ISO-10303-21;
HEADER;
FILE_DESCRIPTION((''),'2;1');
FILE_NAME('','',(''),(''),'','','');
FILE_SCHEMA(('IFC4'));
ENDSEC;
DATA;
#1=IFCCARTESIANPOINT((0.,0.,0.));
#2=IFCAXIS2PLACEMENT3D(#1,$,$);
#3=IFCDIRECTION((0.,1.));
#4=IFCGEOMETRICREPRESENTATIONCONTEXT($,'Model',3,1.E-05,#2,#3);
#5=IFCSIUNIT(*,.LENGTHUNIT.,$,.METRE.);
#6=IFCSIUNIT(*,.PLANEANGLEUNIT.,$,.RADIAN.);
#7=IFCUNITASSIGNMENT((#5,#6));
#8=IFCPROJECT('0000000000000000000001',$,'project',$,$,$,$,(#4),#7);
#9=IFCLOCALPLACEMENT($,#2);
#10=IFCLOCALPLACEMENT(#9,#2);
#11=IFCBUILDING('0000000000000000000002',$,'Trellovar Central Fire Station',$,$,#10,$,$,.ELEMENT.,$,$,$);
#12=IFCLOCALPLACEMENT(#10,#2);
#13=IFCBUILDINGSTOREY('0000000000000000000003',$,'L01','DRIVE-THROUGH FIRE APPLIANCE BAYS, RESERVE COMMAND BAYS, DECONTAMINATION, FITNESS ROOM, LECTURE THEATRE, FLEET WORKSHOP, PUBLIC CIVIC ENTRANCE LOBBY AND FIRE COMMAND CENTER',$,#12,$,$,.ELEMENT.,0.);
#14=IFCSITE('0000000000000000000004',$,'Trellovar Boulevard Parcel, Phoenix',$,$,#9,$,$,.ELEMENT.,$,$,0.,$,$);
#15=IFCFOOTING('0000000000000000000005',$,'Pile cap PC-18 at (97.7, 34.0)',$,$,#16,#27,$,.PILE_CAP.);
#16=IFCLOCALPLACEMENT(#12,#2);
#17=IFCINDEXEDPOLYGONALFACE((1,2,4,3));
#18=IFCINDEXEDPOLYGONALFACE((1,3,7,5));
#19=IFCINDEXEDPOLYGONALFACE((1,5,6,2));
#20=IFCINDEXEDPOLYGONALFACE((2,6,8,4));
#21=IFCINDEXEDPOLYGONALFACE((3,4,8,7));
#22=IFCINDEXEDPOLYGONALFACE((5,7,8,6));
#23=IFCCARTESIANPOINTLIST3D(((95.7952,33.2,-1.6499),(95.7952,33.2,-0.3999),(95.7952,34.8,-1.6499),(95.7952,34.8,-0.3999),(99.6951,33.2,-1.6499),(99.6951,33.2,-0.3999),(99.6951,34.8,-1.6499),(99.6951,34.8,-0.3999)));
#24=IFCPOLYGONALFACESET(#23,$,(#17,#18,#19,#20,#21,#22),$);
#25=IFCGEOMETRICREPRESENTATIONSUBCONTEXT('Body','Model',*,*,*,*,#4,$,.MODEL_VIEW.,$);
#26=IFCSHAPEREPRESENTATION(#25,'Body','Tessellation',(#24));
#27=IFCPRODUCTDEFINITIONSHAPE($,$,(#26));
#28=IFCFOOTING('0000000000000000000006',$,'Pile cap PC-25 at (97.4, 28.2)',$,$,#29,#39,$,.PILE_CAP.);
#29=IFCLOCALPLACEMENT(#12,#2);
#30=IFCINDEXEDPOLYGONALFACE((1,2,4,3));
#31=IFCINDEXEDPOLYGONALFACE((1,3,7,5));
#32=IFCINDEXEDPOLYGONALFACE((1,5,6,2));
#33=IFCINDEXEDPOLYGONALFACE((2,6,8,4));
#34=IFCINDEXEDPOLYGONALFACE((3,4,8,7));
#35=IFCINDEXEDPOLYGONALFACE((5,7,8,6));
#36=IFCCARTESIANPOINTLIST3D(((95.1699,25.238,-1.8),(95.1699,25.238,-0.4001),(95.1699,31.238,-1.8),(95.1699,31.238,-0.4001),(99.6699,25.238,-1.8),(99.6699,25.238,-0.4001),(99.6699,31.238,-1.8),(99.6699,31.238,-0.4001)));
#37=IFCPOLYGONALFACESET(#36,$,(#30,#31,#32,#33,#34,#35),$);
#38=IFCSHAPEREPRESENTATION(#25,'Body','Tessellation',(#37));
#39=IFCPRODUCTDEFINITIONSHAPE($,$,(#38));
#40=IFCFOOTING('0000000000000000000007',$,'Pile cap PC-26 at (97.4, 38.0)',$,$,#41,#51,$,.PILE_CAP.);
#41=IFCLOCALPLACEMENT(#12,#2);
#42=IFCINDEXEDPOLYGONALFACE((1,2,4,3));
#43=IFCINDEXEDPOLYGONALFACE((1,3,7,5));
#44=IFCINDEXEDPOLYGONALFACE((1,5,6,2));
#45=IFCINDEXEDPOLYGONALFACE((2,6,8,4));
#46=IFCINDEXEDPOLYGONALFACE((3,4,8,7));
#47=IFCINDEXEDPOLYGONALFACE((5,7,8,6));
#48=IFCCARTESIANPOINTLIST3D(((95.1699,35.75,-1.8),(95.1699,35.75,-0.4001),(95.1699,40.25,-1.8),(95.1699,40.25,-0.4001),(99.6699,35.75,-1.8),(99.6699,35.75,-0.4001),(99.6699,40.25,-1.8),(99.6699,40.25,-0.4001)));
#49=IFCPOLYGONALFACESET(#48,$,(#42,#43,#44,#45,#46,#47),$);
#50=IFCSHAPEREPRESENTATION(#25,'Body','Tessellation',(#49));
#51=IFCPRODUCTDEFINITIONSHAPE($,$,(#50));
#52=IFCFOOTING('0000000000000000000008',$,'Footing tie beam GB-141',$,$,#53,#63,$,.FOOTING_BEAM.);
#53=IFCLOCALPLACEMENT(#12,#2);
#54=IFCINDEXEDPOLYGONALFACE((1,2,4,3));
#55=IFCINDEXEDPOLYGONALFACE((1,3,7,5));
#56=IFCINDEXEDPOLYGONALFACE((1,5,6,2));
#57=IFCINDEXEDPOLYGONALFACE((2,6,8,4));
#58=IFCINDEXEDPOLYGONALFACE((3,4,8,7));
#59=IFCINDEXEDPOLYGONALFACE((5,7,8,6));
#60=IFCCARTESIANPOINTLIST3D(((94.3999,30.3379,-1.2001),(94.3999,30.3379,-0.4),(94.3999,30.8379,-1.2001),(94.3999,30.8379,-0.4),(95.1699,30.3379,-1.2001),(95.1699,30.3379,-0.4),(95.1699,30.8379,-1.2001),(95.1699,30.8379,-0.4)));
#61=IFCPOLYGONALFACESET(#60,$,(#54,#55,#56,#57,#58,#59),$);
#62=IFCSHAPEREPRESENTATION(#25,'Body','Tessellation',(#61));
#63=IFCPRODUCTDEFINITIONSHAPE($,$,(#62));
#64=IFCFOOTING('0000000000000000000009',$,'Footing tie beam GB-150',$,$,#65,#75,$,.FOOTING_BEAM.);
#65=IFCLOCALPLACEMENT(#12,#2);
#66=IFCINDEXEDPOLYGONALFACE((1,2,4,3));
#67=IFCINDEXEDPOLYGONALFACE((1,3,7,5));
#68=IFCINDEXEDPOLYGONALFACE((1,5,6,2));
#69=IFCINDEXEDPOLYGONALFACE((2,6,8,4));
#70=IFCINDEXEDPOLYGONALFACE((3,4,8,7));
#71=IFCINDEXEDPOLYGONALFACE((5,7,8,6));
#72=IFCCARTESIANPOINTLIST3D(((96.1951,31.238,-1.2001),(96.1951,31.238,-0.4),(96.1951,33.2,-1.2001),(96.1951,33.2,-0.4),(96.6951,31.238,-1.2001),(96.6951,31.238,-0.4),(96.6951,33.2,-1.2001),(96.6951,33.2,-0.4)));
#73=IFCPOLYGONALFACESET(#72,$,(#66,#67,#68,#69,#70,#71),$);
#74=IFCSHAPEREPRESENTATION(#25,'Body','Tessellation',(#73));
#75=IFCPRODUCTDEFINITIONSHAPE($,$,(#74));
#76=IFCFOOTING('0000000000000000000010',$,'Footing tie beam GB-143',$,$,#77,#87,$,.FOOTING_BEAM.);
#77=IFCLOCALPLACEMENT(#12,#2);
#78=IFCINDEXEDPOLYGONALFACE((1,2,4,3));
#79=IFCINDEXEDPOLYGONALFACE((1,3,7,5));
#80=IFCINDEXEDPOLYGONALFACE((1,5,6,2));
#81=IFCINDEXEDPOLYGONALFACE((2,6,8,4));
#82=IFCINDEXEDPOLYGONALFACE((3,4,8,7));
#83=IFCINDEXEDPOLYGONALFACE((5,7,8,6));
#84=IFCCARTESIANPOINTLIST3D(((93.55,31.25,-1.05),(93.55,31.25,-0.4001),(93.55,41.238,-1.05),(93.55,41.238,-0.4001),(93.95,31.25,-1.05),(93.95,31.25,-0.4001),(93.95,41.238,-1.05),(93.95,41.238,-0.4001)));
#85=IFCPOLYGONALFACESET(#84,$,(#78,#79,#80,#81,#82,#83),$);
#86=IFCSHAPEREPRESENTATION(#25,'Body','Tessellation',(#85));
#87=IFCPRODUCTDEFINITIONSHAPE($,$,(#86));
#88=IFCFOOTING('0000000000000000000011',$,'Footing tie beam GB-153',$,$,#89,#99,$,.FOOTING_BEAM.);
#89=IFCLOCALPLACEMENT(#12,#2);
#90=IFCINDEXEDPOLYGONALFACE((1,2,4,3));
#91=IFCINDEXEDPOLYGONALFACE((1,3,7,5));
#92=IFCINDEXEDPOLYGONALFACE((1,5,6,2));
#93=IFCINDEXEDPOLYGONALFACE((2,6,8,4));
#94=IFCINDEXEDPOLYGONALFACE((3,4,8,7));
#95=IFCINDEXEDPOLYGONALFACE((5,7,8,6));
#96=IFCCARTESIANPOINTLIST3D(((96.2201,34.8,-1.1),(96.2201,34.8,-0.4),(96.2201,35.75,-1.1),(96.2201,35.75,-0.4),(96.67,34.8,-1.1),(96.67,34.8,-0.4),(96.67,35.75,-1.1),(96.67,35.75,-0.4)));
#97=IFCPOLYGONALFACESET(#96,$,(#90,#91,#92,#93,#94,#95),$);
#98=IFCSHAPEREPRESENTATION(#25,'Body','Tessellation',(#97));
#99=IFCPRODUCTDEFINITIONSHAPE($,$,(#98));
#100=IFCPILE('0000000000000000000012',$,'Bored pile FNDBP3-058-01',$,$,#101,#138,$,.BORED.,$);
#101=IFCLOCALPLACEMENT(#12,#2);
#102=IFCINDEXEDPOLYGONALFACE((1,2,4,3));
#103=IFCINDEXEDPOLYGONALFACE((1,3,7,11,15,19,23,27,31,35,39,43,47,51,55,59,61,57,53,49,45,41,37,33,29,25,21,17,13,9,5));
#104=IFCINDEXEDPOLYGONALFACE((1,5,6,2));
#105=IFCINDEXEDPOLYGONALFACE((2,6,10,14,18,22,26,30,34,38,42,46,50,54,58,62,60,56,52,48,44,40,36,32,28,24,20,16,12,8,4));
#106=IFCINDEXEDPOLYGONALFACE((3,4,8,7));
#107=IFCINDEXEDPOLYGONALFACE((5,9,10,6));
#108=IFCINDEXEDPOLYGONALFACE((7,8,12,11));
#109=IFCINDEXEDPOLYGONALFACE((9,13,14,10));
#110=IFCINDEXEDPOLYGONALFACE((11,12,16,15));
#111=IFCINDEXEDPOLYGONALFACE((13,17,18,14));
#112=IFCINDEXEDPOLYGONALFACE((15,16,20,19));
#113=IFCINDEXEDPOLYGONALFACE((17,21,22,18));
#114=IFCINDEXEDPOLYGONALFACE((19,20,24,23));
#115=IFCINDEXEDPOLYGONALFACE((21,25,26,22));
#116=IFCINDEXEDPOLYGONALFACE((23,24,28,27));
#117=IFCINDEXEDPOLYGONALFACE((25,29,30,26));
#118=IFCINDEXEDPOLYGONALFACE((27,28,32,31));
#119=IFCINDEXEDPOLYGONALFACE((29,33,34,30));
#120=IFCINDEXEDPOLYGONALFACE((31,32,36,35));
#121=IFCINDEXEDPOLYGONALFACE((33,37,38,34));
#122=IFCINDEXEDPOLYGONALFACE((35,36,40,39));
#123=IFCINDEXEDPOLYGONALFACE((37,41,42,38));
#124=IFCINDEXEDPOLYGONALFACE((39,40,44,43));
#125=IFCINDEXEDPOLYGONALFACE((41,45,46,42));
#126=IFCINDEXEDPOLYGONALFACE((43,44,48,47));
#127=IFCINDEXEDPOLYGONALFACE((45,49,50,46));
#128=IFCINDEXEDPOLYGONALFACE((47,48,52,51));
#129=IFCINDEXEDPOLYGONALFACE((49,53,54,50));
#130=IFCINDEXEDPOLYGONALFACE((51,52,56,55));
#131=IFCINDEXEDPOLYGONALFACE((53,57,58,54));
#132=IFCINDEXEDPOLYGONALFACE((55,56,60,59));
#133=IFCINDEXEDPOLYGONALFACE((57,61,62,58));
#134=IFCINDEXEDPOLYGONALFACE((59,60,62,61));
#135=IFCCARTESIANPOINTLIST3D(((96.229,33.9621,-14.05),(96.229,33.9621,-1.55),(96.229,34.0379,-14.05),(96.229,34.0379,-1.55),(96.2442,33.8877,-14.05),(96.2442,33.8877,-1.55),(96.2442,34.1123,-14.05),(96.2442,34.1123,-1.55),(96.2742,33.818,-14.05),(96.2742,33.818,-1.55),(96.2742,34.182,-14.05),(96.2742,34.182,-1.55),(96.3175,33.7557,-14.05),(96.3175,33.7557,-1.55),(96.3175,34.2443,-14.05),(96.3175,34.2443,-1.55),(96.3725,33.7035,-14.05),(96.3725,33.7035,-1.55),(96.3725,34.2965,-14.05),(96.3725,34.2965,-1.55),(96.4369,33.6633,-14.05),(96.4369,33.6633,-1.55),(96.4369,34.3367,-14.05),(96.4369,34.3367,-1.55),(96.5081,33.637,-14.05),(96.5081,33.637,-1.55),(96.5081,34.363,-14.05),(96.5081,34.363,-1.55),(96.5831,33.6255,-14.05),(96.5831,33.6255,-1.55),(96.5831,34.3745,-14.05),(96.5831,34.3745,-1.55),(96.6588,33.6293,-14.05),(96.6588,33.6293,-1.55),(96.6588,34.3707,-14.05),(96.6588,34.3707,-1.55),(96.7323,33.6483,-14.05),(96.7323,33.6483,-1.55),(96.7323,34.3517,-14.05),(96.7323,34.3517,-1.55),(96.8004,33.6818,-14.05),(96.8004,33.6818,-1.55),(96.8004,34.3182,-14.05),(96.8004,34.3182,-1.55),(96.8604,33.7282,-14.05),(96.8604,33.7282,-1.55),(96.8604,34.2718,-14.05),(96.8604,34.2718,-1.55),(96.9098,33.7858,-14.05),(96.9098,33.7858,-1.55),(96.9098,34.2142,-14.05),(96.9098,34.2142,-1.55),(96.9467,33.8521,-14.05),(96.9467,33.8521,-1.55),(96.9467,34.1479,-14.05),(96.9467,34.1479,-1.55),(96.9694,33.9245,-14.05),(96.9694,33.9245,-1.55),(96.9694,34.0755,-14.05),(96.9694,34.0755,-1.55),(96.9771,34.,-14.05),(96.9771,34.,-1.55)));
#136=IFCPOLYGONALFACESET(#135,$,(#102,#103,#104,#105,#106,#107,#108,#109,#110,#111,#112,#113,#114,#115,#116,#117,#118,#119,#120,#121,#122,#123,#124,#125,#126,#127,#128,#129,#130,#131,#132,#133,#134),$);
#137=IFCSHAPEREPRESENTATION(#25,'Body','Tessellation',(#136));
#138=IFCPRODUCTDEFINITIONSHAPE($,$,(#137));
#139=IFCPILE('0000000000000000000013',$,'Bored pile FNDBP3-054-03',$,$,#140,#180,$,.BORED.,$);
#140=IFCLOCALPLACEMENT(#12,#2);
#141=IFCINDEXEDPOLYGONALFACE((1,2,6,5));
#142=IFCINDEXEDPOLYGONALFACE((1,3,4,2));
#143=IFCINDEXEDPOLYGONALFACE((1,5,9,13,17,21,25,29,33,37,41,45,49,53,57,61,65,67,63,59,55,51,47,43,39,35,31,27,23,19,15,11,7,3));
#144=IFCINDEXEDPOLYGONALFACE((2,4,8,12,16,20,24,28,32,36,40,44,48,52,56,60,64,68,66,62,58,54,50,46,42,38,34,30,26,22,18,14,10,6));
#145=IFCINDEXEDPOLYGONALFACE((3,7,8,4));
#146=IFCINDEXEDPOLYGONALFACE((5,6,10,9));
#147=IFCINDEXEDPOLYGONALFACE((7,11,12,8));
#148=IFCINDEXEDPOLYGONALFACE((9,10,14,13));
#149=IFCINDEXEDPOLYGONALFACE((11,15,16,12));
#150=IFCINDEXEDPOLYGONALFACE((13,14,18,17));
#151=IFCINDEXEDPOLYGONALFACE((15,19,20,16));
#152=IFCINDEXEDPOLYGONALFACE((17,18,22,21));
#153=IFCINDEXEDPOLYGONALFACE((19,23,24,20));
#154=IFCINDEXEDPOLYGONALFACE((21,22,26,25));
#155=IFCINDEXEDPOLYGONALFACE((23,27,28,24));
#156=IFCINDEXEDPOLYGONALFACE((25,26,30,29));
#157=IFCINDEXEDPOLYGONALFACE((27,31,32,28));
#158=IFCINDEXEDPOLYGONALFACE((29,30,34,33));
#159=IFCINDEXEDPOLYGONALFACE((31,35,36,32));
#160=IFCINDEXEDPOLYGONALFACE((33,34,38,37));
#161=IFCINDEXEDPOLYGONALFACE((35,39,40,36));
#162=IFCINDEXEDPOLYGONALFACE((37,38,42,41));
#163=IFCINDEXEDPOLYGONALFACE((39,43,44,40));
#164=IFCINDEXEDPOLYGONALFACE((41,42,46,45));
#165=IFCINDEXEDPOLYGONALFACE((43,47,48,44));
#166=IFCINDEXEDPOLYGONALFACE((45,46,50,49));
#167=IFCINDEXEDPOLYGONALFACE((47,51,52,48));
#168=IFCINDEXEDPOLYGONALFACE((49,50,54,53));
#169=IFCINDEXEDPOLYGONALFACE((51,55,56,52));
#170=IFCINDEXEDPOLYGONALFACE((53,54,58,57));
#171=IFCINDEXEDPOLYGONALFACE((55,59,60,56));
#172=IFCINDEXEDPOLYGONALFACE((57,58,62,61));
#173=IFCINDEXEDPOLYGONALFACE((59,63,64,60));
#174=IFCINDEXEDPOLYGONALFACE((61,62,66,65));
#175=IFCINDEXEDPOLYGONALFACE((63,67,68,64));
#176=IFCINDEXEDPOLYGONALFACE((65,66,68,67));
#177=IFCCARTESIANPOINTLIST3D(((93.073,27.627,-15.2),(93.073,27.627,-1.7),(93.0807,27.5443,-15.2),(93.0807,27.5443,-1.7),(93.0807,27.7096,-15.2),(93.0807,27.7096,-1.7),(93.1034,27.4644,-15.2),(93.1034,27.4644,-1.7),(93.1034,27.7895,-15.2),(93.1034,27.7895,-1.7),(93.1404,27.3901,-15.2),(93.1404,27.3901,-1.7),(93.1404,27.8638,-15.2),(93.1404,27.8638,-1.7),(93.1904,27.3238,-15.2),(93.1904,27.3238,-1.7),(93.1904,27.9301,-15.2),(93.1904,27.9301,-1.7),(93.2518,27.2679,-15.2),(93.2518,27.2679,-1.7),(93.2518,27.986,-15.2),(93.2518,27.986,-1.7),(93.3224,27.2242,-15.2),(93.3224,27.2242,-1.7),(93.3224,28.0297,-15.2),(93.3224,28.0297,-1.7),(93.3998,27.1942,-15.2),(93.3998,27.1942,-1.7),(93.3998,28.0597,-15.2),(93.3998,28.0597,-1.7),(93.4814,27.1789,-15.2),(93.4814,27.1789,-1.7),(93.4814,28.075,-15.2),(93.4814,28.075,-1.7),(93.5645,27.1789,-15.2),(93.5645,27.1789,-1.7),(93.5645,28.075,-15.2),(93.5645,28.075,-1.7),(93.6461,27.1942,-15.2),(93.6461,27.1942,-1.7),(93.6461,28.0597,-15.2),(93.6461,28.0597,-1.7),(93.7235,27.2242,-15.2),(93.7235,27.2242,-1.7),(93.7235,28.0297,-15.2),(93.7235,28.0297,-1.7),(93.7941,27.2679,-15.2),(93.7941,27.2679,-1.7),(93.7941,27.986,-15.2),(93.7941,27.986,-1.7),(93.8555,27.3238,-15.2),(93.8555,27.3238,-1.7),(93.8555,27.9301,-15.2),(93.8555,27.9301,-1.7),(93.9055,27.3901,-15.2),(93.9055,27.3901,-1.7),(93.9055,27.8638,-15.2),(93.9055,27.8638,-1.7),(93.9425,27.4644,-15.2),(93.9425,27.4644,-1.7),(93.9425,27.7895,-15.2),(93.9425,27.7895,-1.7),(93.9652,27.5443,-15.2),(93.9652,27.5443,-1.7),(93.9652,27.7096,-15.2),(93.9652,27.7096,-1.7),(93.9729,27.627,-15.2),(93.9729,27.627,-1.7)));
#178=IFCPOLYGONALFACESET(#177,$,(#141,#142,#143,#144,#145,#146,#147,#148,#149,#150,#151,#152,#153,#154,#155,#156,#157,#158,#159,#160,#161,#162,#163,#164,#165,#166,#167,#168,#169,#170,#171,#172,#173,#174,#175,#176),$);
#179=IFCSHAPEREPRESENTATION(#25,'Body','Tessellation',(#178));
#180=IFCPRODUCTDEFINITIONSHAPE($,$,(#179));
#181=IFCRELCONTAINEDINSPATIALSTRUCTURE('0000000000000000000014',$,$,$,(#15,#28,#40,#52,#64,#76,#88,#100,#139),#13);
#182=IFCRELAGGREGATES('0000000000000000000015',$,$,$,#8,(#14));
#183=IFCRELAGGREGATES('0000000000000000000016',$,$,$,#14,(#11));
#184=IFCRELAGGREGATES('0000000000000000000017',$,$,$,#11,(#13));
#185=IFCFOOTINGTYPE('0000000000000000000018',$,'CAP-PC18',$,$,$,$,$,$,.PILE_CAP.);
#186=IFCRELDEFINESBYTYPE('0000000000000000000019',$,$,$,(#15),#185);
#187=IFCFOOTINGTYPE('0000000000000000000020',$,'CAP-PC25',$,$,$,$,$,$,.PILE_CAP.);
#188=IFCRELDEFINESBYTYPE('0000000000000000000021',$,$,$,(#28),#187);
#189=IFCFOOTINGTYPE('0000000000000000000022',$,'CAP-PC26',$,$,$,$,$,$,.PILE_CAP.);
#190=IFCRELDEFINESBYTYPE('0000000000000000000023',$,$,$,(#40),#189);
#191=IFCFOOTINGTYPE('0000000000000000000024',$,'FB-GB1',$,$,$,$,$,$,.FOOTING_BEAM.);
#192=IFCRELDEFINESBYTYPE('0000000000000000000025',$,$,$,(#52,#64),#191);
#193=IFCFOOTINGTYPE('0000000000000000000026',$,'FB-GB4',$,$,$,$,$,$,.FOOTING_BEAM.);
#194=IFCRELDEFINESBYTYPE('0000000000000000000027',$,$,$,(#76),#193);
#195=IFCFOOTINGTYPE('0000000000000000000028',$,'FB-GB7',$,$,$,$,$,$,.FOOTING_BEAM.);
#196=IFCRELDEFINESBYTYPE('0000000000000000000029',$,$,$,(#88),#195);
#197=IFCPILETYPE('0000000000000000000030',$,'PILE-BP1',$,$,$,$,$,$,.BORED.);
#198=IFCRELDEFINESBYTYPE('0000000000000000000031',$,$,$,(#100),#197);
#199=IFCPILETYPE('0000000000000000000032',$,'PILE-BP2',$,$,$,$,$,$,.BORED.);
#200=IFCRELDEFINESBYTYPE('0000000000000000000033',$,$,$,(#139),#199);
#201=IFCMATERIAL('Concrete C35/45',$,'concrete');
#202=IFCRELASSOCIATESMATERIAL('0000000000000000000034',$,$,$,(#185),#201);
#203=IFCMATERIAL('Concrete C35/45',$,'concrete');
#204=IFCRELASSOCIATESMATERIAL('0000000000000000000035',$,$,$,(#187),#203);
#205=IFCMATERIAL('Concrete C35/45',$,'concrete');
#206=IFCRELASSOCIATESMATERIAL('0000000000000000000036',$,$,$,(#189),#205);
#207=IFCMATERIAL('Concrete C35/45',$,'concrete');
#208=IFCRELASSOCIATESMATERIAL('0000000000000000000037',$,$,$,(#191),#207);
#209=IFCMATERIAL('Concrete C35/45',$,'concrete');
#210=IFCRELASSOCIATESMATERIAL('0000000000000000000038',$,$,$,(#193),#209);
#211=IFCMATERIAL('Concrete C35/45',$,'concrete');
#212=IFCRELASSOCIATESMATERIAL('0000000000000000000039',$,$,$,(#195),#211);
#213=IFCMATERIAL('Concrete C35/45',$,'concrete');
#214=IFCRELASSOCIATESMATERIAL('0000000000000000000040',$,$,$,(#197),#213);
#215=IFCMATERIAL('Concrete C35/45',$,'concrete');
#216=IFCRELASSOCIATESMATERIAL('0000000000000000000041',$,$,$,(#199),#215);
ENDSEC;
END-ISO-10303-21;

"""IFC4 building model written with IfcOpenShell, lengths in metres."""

from ifc_helpers import new_model, si_unit, direction, frame, origin, origin_2d, place, context, subcontext, project, spatial, rectangle, circle, extrude, material, material_profile, profile_set, type_object, element, save


model = new_model("IFC4")

# Units and contexts
model_context = context("Model", 3, precision=1e-05, world=origin(), true_north=direction((0.0, 1.0)))
body_context = subcontext(model_context, "Body", "Model", "MODEL_VIEW")
ifc_project = project(units=[si_unit("LENGTHUNIT", "METRE"), si_unit("PLANEANGLEUNIT", "RADIAN")], contexts=[model_context])

# Site, building, storey
site_placement = place(None, origin())
site = spatial("IfcSite", under=ifc_project, at=site_placement, Name="Trellovar Boulevard Parcel, Phoenix", CompositionType="ELEMENT", RefElevation=0.0)
building_placement = place(site_placement, origin())
building = spatial("IfcBuilding", under=site, at=building_placement, Name="Trellovar Central Fire Station", CompositionType="ELEMENT")
storey_placement = place(building_placement, origin())
storey = spatial("IfcBuildingStorey", under=building, at=storey_placement, Name="L01", Description="DRIVE-THROUGH FIRE APPLIANCE BAYS, RESERVE COMMAND BAYS, DECONTAMINATION, FITNESS ROOM, LECTURE THEATRE, FLEET WORKSHOP, PUBLIC CIVIC ENTRANCE LOBBY AND FIRE COMMAND CENTER", CompositionType="ELEMENT", Elevation=0.0)

# Footings
ifc_material_1 = material(Name="Concrete C35/45", Category="concrete")
footing_type_1 = type_object("IfcFootingType", Name="CAP-PC18", PredefinedType="PILE_CAP", material=ifc_material_1)
footing_1_placement = place(storey_placement, frame((97.7451, 34.0, -1.6499), z_axis=(0.0, 0.0, 1.0), x_axis=(1.0, 0.0, 0.0)))
element("IfcFooting", 1, at=footing_1_placement, inside=storey, type_object=footing_type_1, Name="Pile cap PC-18 at (97.7, 34.0)", PredefinedType="PILE_CAP", context=body_context, shape_type="SweptSolid", body=[
    extrude(rectangle(XDim=3.8999, YDim=1.6001, at=origin_2d()), origin(), (0.0, 0.0, 1.0), 1.25),
])
ifc_material_2 = material(Name="Concrete C35/45", Category="concrete")
footing_type_2 = type_object("IfcFootingType", Name="CAP-PC25", PredefinedType="PILE_CAP", material=ifc_material_2)
footing_2_placement = place(storey_placement, frame((97.4199, 28.238, -1.8), z_axis=(0.0, 0.0, 1.0), x_axis=(1.0, 0.0, 0.0)))
element("IfcFooting", 2, at=footing_2_placement, inside=storey, type_object=footing_type_2, Name="Pile cap PC-25 at (97.4, 28.2)", PredefinedType="PILE_CAP", context=body_context, shape_type="SweptSolid", body=[
    extrude(rectangle(XDim=4.5, YDim=6.0, at=origin_2d()), origin(), (0.0, 0.0, 1.0), 1.3999),
])
ifc_material_3 = material(Name="Concrete C35/45", Category="concrete")
footing_type_3 = type_object("IfcFootingType", Name="CAP-PC26", PredefinedType="PILE_CAP", material=ifc_material_3)
footing_3_placement = place(storey_placement, frame((97.4199, 38.0, -1.8), z_axis=(0.0, 0.0, 1.0), x_axis=(1.0, 0.0, 0.0)))
element("IfcFooting", 3, at=footing_3_placement, inside=storey, type_object=footing_type_3, Name="Pile cap PC-26 at (97.4, 38.0)", PredefinedType="PILE_CAP", context=body_context, shape_type="SweptSolid", body=[
    extrude(rectangle(XDim=4.5, YDim=4.5, at=origin_2d()), origin(), (0.0, 0.0, 1.0), 1.3999),
])
ifc_material_4 = material(Name="Concrete C35/45", Category="concrete")
ifc_material_profile_1 = material_profile(ifc_material_4, rectangle(XDim=0.5, YDim=0.8, at=origin_2d()), Name="RC500X800")
ifc_profile_set_1 = profile_set([ifc_material_profile_1], Name="Concrete C35/45")
footing_type_4 = type_object("IfcFootingType", Name="FB-GB1", PredefinedType="FOOTING_BEAM", material=ifc_profile_set_1)
footing_4_placement = place(storey_placement, frame((94.3999, 30.5879, -0.8), z_axis=(1.0, 0.0, 0.0), x_axis=(0.0, 1.0, 0.0)))
element("IfcFooting", 4, at=footing_4_placement, inside=storey, type_object=footing_type_4, Name="Footing tie beam GB-141", PredefinedType="FOOTING_BEAM", context=body_context, shape_type="SweptSolid", body=[
    extrude(rectangle(XDim=0.5, YDim=0.8, at=origin_2d()), origin(), (0.0, 0.0, 1.0), 0.77),
])
footing_5_placement = place(storey_placement, frame((96.4451, 31.238, -0.8), z_axis=(0.0, 1.0, 0.0), x_axis=(-1.0, 0.0, 0.0)))
element("IfcFooting", 5, at=footing_5_placement, inside=storey, type_object=footing_type_4, Name="Footing tie beam GB-150", PredefinedType="FOOTING_BEAM", context=body_context, shape_type="SweptSolid", body=[
    extrude(rectangle(XDim=0.5, YDim=0.8, at=origin_2d()), origin(), (0.0, 0.0, 1.0), 1.9619),
])
ifc_material_5 = material(Name="Concrete C35/45", Category="concrete")
ifc_material_profile_2 = material_profile(ifc_material_5, rectangle(XDim=0.3999, YDim=0.6499, at=origin_2d()), Name="RC400X650")
ifc_profile_set_2 = profile_set([ifc_material_profile_2], Name="Concrete C35/45")
footing_type_5 = type_object("IfcFootingType", Name="FB-GB4", PredefinedType="FOOTING_BEAM", material=ifc_profile_set_2)
footing_6_placement = place(storey_placement, frame((93.75, 31.25, -0.7251), z_axis=(0.0, 1.0, 0.0), x_axis=(-1.0, 0.0, 0.0)))
element("IfcFooting", 6, at=footing_6_placement, inside=storey, type_object=footing_type_5, Name="Footing tie beam GB-143", PredefinedType="FOOTING_BEAM", context=body_context, shape_type="SweptSolid", body=[
    extrude(rectangle(XDim=0.3999, YDim=0.6499, at=origin_2d()), origin(), (0.0, 0.0, 1.0), 9.988),
])
ifc_material_6 = material(Name="Concrete C35/45", Category="concrete")
ifc_material_profile_3 = material_profile(ifc_material_6, rectangle(XDim=0.45, YDim=0.7, at=origin_2d()), Name="RC450X700")
ifc_profile_set_3 = profile_set([ifc_material_profile_3], Name="Concrete C35/45")
footing_type_6 = type_object("IfcFootingType", Name="FB-GB7", PredefinedType="FOOTING_BEAM", material=ifc_profile_set_3)
footing_7_placement = place(storey_placement, frame((96.4451, 34.8, -0.75), z_axis=(0.0, 1.0, 0.0), x_axis=(-1.0, 0.0, 0.0)))
element("IfcFooting", 7, at=footing_7_placement, inside=storey, type_object=footing_type_6, Name="Footing tie beam GB-153", PredefinedType="FOOTING_BEAM", context=body_context, shape_type="SweptSolid", body=[
    extrude(rectangle(XDim=0.45, YDim=0.7, at=origin_2d()), origin(), (0.0, 0.0, 1.0), 0.95),
])

# Piles
ifc_material_7 = material(Name="Concrete C35/45", Category="concrete")
ifc_material_profile_4 = material_profile(ifc_material_7, circle(Radius=0.375, at=origin_2d()), Name="PILE750")
ifc_profile_set_4 = profile_set([ifc_material_profile_4], Name="Concrete C35/45")
pile_type_1 = type_object("IfcPileType", Name="PILE-BP1", PredefinedType="BORED", material=ifc_profile_set_4)
pile_placement = place(storey_placement, frame((96.6021, 34.0, -1.55), z_axis=(0.0, 0.0, -1.0), x_axis=(1.0, 0.0, 0.0)))
element("IfcPile", 8, at=pile_placement, inside=storey, type_object=pile_type_1, Name="Bored pile FNDBP3-058-01", PredefinedType="BORED", context=body_context, shape_type="SweptSolid", body=[
    extrude(circle(Radius=0.375, at=origin_2d()), origin(), (0.0, 0.0, 1.0), 12.5),
])
ifc_material_8 = material(Name="Concrete C35/45", Category="concrete")
ifc_material_profile_5 = material_profile(ifc_material_8, circle(Radius=0.45, at=origin_2d()), Name="PILE900")
ifc_profile_set_5 = profile_set([ifc_material_profile_5], Name="Concrete C35/45")
pile_type_2 = type_object("IfcPileType", Name="PILE-BP2", PredefinedType="BORED", material=ifc_profile_set_5)
for number, where, z_axis, x_axis, name in (
    (9, (93.5229, 27.627, -1.7), (0.0, 0.0, -1.0), (1.0, 0.0, 0.0), "Bored pile FNDBP3-054-03"),
):
    element("IfcPile", number, at=place(storey_placement, frame(where, z_axis=z_axis, x_axis=x_axis)), inside=storey, type_object=pile_type_2, Name=name, PredefinedType="BORED", context=body_context, shape_type="SweptSolid", body=[
        extrude(circle(Radius=0.45, at=origin_2d()), origin(), (0.0, 0.0, 1.0), 13.5),
    ])

save(model, "model.ifc")
